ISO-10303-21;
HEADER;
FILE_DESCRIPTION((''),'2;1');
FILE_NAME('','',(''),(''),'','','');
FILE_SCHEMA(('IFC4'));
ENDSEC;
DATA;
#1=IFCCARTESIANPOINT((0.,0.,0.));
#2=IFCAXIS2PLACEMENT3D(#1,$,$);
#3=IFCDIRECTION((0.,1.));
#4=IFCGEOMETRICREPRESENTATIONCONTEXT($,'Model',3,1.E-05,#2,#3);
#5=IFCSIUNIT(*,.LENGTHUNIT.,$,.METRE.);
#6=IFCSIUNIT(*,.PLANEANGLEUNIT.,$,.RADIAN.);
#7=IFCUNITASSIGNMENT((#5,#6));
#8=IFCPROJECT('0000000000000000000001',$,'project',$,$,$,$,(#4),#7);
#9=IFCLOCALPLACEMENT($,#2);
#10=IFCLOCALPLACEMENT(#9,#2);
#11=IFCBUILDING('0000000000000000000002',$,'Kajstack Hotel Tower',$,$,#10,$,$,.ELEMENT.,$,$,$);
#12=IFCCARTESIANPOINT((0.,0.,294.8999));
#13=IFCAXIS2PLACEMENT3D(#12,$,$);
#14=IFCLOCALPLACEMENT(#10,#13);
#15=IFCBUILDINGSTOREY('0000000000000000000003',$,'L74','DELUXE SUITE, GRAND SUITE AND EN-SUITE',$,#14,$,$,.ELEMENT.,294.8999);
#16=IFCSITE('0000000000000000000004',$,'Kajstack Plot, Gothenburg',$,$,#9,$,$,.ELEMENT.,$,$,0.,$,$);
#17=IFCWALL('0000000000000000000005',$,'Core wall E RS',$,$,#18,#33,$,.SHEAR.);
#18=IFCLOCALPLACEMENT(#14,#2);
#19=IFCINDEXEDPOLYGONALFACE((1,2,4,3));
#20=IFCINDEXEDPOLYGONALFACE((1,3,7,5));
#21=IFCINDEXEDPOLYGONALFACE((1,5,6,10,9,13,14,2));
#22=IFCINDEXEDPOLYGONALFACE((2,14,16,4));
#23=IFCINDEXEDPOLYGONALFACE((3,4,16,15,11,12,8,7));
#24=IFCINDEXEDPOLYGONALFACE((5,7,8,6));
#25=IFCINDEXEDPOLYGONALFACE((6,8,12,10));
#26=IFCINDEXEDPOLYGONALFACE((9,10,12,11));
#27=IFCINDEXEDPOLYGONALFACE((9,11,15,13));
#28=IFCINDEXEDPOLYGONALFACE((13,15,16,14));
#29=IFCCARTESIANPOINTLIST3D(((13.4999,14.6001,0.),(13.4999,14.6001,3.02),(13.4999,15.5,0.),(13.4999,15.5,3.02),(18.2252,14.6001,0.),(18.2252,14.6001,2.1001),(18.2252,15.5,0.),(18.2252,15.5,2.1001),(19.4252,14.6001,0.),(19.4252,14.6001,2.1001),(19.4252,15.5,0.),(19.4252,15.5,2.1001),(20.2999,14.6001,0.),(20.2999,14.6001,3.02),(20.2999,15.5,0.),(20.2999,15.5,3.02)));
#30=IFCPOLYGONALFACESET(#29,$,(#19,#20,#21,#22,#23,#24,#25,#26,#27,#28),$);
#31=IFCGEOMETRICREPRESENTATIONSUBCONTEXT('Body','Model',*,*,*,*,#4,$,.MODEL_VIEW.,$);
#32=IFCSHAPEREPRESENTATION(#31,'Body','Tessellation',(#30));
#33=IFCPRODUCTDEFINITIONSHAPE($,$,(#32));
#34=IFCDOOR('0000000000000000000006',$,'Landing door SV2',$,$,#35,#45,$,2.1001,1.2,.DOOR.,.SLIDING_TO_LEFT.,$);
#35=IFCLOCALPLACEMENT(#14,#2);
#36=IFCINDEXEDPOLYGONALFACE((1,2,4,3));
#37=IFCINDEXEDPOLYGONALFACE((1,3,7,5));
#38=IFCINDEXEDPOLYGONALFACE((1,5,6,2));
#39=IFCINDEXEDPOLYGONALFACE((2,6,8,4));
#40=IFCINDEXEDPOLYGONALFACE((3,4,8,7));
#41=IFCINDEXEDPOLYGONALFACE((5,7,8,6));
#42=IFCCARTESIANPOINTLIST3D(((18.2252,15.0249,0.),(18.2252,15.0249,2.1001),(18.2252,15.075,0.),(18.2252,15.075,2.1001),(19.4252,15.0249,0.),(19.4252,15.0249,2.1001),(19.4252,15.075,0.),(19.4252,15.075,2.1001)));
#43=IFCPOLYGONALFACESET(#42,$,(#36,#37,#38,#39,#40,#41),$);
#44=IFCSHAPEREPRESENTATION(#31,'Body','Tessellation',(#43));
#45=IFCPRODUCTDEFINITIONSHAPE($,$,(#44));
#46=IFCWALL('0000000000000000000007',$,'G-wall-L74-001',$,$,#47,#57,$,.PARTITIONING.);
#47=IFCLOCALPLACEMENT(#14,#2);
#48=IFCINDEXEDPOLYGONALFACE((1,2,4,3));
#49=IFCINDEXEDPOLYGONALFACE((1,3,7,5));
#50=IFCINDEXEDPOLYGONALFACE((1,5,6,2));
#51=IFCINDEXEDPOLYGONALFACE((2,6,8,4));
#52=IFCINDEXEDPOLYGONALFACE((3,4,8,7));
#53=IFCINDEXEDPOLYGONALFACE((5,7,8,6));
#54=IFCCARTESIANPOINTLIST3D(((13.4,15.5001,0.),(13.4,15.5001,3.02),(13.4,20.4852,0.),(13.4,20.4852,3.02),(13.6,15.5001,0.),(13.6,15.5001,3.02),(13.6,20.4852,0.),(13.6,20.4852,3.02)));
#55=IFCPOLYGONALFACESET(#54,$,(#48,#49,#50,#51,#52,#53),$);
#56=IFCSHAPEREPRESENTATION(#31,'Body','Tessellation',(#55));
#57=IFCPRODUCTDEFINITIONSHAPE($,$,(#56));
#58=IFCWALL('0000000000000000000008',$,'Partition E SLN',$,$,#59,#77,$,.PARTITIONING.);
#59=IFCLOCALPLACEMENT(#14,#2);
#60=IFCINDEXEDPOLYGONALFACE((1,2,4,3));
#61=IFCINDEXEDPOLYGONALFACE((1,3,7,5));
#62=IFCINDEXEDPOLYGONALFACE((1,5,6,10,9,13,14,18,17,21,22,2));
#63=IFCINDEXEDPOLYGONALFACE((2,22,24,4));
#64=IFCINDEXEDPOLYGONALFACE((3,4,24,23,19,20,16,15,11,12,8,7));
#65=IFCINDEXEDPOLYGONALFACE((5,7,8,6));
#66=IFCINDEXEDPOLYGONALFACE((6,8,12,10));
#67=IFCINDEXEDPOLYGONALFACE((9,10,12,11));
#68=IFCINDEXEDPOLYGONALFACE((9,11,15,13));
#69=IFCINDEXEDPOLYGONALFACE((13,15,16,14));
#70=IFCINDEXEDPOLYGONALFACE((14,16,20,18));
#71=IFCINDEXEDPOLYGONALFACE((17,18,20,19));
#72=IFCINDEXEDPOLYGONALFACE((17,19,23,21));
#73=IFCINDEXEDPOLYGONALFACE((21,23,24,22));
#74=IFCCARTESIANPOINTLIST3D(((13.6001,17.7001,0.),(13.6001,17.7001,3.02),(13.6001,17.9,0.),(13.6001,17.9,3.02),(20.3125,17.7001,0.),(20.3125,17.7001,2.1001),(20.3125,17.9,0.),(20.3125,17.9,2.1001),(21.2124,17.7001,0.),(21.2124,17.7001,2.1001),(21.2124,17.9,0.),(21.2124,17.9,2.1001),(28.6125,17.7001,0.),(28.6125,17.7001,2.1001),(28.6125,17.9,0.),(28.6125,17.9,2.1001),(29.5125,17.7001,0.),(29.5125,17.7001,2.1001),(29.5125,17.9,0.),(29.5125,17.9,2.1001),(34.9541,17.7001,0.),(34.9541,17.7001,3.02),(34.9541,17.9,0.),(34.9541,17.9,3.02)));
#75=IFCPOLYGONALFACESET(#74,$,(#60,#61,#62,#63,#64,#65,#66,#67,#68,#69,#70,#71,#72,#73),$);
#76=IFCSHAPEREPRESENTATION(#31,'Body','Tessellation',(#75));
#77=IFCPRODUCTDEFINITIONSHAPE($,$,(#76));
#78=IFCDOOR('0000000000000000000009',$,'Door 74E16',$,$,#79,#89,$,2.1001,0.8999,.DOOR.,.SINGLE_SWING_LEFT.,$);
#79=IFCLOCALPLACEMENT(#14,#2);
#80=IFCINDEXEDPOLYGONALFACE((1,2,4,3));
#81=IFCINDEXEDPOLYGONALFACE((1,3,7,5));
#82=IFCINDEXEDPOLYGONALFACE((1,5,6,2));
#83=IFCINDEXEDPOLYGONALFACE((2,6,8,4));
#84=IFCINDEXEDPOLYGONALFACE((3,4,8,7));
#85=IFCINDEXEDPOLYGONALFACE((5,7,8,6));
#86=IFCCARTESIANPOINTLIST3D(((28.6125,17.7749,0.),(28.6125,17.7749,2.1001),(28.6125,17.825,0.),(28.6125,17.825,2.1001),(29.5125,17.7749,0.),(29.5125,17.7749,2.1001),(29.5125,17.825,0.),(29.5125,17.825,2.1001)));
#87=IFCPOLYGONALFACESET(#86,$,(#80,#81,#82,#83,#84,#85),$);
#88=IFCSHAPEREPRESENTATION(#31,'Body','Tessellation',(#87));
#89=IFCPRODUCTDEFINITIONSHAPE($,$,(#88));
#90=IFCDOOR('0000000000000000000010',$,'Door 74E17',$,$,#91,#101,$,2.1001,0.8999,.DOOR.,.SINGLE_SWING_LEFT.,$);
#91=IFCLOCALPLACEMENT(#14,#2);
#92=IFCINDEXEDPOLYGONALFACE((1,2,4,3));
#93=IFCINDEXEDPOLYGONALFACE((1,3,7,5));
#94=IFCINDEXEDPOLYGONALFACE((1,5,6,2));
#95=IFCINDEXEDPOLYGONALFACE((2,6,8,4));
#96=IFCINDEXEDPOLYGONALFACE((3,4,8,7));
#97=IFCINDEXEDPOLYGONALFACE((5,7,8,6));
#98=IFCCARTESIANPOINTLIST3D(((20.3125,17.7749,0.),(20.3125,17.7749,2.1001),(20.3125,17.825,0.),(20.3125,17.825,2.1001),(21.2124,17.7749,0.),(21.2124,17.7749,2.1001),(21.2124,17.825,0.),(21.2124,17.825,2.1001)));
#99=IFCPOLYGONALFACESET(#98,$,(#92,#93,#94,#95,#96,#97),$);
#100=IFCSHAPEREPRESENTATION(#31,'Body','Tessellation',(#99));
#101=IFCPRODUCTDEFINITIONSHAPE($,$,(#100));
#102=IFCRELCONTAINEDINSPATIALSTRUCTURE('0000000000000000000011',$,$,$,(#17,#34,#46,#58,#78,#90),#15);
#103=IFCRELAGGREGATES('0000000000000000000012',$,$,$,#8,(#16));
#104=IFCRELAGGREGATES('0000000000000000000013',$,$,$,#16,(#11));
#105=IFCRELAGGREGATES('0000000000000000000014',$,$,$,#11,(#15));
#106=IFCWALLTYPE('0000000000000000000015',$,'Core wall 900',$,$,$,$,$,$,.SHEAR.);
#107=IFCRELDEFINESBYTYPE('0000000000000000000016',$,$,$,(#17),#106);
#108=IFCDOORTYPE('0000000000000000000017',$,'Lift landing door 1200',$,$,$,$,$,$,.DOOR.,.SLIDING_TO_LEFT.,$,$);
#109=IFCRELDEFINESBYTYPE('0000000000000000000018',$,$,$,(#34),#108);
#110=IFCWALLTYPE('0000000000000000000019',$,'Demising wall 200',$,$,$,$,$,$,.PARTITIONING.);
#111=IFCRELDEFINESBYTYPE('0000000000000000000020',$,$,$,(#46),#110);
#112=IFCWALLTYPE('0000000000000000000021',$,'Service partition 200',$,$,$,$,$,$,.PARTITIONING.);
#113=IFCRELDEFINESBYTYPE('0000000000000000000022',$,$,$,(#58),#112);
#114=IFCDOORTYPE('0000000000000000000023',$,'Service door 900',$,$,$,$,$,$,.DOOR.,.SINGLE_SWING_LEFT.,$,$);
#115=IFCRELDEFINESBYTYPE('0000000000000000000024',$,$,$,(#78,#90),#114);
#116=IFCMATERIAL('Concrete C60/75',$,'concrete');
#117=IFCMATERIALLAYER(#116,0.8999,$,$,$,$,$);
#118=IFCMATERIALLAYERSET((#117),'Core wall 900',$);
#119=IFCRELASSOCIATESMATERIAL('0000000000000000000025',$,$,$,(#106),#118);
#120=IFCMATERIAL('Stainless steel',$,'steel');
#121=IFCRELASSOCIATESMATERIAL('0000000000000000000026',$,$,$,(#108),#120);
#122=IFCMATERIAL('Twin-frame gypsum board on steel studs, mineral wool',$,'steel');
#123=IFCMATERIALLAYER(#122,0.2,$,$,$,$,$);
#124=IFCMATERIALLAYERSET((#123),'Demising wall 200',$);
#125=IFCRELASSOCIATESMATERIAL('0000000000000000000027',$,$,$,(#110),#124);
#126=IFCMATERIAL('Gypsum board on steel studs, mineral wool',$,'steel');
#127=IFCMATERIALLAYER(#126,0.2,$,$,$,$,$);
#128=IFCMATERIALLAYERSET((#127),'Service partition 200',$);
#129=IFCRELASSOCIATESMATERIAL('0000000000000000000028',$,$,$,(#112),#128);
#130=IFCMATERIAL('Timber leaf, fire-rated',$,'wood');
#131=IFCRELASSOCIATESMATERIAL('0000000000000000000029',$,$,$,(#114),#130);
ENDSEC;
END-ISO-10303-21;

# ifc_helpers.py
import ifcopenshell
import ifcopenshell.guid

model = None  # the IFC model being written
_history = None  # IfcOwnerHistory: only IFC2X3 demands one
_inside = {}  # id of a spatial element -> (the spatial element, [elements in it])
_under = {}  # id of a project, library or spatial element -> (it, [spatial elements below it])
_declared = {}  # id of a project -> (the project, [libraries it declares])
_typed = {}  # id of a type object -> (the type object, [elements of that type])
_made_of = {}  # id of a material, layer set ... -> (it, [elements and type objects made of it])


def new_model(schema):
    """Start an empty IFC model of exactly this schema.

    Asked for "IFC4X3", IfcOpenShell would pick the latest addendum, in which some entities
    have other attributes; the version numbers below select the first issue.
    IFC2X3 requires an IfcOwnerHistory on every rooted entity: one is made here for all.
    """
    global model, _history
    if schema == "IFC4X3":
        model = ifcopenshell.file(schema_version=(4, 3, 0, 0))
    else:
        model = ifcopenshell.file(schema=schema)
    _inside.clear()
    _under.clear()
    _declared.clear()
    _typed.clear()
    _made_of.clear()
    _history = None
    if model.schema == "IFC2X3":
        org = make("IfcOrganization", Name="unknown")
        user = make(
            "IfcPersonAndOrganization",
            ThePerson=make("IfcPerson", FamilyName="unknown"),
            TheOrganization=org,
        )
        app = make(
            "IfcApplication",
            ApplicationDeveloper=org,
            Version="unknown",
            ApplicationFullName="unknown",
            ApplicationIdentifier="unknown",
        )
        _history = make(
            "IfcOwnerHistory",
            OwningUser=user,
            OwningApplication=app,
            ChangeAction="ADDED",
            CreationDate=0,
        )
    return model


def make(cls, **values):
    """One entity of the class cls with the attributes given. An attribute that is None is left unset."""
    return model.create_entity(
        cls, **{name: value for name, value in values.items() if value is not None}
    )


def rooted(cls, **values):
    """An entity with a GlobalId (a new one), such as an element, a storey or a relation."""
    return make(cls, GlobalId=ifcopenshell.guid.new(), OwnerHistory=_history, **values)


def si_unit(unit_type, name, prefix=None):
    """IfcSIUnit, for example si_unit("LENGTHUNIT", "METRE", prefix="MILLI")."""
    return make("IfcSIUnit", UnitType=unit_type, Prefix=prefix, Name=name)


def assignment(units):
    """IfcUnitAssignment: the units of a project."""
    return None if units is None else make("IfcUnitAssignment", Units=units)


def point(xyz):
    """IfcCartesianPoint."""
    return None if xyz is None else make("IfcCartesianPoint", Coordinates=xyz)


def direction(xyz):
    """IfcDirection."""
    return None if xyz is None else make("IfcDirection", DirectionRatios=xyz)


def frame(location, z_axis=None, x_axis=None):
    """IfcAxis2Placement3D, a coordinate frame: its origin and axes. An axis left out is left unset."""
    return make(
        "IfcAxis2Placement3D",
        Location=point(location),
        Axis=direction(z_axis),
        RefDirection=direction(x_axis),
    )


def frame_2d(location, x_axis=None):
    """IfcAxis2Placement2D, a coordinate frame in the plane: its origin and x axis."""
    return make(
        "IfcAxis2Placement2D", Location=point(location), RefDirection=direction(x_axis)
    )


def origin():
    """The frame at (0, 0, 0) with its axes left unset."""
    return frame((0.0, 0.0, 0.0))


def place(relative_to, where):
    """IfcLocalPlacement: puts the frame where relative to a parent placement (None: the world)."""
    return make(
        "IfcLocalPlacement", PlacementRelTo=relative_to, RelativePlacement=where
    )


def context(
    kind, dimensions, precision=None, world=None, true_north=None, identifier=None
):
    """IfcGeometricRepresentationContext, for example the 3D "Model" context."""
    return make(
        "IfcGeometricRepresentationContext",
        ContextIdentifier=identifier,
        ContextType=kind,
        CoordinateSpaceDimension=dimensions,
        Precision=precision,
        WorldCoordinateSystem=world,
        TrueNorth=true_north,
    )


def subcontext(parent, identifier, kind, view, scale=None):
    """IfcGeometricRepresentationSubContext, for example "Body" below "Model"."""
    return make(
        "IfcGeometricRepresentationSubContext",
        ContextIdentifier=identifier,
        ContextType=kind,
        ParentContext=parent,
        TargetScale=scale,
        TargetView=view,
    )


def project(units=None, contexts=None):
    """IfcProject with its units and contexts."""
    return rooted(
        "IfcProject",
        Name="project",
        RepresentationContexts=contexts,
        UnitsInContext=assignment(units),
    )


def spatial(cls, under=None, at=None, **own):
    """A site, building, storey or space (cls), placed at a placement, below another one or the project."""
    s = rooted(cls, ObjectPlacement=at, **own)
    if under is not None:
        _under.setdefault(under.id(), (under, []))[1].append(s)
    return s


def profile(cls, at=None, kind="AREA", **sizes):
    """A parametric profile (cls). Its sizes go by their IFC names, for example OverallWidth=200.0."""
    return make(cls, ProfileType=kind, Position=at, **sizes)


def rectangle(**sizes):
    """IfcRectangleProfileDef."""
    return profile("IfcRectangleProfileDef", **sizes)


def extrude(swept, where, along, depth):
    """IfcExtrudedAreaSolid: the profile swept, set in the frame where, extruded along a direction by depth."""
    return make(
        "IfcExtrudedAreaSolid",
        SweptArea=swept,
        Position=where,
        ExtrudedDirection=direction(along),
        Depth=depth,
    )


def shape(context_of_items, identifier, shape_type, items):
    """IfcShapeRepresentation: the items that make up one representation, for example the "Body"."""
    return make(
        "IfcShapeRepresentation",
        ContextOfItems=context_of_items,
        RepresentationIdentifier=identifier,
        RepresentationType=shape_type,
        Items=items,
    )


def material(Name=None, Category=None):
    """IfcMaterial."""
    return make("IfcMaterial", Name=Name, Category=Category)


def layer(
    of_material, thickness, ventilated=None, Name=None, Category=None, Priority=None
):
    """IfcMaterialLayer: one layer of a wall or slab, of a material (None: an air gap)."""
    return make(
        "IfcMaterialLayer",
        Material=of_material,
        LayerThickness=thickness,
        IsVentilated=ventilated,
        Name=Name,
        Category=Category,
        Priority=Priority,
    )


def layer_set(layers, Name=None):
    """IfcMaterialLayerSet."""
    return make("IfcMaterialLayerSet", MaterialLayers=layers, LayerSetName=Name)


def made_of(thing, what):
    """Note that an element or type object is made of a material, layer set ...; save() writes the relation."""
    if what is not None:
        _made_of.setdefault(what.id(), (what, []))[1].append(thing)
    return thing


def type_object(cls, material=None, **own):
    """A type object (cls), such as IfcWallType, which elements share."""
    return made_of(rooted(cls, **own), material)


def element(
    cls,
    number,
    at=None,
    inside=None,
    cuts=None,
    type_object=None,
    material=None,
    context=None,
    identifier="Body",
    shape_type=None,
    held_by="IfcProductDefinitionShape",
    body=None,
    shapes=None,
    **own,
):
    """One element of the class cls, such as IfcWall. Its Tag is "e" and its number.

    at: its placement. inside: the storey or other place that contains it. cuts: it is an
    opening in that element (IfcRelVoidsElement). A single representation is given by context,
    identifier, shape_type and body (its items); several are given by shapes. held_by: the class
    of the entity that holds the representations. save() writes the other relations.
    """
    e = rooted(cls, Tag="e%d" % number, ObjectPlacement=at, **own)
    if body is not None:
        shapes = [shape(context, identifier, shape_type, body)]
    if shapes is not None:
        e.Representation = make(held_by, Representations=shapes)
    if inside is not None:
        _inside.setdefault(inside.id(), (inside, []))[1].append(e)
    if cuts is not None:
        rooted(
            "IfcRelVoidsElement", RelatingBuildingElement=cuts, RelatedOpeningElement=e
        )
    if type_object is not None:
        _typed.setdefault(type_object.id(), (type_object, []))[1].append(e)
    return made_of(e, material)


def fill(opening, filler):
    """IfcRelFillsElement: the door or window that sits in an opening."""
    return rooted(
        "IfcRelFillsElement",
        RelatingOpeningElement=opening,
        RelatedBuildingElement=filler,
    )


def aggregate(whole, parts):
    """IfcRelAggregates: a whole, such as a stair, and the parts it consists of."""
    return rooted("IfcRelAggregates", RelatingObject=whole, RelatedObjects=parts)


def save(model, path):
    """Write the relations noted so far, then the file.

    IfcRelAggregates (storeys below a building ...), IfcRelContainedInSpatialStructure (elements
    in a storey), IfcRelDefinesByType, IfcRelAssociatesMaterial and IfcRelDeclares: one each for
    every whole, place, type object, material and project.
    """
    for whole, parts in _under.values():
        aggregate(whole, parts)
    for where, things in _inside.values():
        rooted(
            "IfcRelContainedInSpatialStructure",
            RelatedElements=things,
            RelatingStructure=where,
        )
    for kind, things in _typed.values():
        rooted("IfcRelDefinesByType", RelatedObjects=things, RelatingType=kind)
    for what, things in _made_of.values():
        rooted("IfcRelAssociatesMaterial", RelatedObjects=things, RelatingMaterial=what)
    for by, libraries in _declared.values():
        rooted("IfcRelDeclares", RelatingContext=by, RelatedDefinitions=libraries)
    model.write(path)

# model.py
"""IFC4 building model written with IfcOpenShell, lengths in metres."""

from ifc_helpers import new_model, si_unit, direction, frame, frame_2d, origin, place, context, subcontext, project, spatial, rectangle, extrude, material, layer, layer_set, type_object, element, fill, save


model = new_model("IFC4")

# Units and contexts
model_context = context("Model", 3, precision=1e-05, world=origin(), true_north=direction((0.0, 1.0)))
body_context = subcontext(model_context, "Body", "Model", "MODEL_VIEW")
ifc_project = project(units=[si_unit("LENGTHUNIT", "METRE"), si_unit("PLANEANGLEUNIT", "RADIAN")], contexts=[model_context])

# Site, building, storey
site_placement = place(None, origin())
site = spatial("IfcSite", under=ifc_project, at=site_placement, Name="Kajstack Plot, Gothenburg", CompositionType="ELEMENT", RefElevation=0.0)
building_placement = place(site_placement, origin())
building = spatial("IfcBuilding", under=site, at=building_placement, Name="Kajstack Hotel Tower", CompositionType="ELEMENT")
storey_placement = place(building_placement, frame((0.0, 0.0, 294.8999)))
storey = spatial("IfcBuildingStorey", under=building, at=storey_placement, Name="L74", Description="DELUXE SUITE, GRAND SUITE AND EN-SUITE", CompositionType="ELEMENT", Elevation=294.8999)

# Wall, opening, door
ifc_material_1 = material(Name="Concrete C60/75", Category="concrete")
ifc_layer_1 = layer(ifc_material_1, 0.8999)
ifc_layer_set_1 = layer_set([ifc_layer_1], Name="Core wall 900")
wall_type_1 = type_object("IfcWallType", Name="Core wall 900", PredefinedType="SHEAR", material=ifc_layer_set_1)
wall_1_placement = place(storey_placement, frame((13.5, 15.05, 0.0), z_axis=(0.0, 0.0, 1.0), x_axis=(1.0, 0.0, 0.0)))
wall_1 = element("IfcWall", 1, at=wall_1_placement, inside=storey, type_object=wall_type_1, Name="Core wall E RS", PredefinedType="SHEAR", context=body_context, shape_type="SweptSolid", body=[
    extrude(rectangle(XDim=6.8, YDim=0.8999, at=frame_2d((3.3999, 0.0))), origin(), (0.0, 0.0, 1.0), 3.02),
])
opening_1_placement = place(wall_1_placement, frame((4.7251, 0.0, 0.0)))
opening_1 = element("IfcOpeningElement", 2, at=opening_1_placement, cuts=wall_1, PredefinedType="OPENING", context=body_context, shape_type="SweptSolid", body=[
    extrude(rectangle(XDim=1.2, YDim=2.1001, at=frame_2d((0.6001, 1.05))), frame((0.0, 0.46, 0.0), z_axis=(0.0, -1.0, 0.0), x_axis=(1.0, 0.0, 0.0)), (0.0, 0.0, 1.0), 0.9199),
])
ifc_material_2 = material(Name="Stainless steel", Category="steel")
door_type_1 = type_object("IfcDoorType", Name="Lift landing door 1200", OperationType="SLIDING_TO_LEFT", PredefinedType="DOOR", material=ifc_material_2)
door_1_placement = place(opening_1_placement, origin())
door_1 = element("IfcDoor", 3, at=door_1_placement, inside=storey, type_object=door_type_1, Name="Landing door SV2", OperationType="SLIDING_TO_LEFT", OverallHeight=2.1001, OverallWidth=1.2, PredefinedType="DOOR", context=body_context, shape_type="SweptSolid", body=[
    extrude(rectangle(XDim=1.2, YDim=2.1001, at=frame_2d((0.6001, 1.05))), frame((0.0, 0.0249, 0.0), z_axis=(0.0, -1.0, 0.0), x_axis=(1.0, 0.0, 0.0)), (0.0, 0.0, 1.0), 0.05),
])
fill(opening_1, door_1)

# Wall
ifc_material_3 = material(Name="Twin-frame gypsum board on steel studs, mineral wool", Category="steel")
ifc_layer_2 = layer(ifc_material_3, 0.2)
ifc_layer_set_2 = layer_set([ifc_layer_2], Name="Demising wall 200")
wall_type_2 = type_object("IfcWallType", Name="Demising wall 200", PredefinedType="PARTITIONING", material=ifc_layer_set_2)
wall_2_placement = place(storey_placement, frame((13.5, 15.5, 0.0), z_axis=(0.0, 0.0, 1.0), x_axis=(0.0, 1.0, 0.0)))
element("IfcWall", 4, at=wall_2_placement, inside=storey, type_object=wall_type_2, Name="G-wall-L74-001", PredefinedType="PARTITIONING", context=body_context, shape_type="SweptSolid", body=[
    extrude(rectangle(XDim=4.9851, YDim=0.2, at=frame_2d((2.4927, 0.0))), origin(), (0.0, 0.0, 1.0), 3.02),
])

# Wall, openings, doors
ifc_material_4 = material(Name="Gypsum board on steel studs, mineral wool", Category="steel")
ifc_layer_3 = layer(ifc_material_4, 0.2)
ifc_layer_set_3 = layer_set([ifc_layer_3], Name="Service partition 200")
wall_type_3 = type_object("IfcWallType", Name="Service partition 200", PredefinedType="PARTITIONING", material=ifc_layer_set_3)
wall_3_placement = place(storey_placement, frame((13.6001, 17.8, 0.0), z_axis=(0.0, 0.0, 1.0), x_axis=(1.0, 0.0, 0.0)))
wall_3 = element("IfcWall", 5, at=wall_3_placement, inside=storey, type_object=wall_type_3, Name="Partition E SLN", PredefinedType="PARTITIONING", context=body_context, shape_type="SweptSolid", body=[
    extrude(rectangle(XDim=21.354, YDim=0.2, at=frame_2d((10.677, 0.0))), origin(), (0.0, 0.0, 1.0), 3.02),
])
opening_2_placement = place(wall_3_placement, frame((15.0125, 0.0, 0.0)))
opening_2 = element("IfcOpeningElement", 6, at=opening_2_placement, cuts=wall_3, PredefinedType="OPENING", context=body_context, shape_type="SweptSolid", body=[
    extrude(rectangle(XDim=0.8999, YDim=2.1001, at=frame_2d((0.45, 1.05))), frame((0.0, 0.1099, 0.0), z_axis=(0.0, -1.0, 0.0), x_axis=(1.0, 0.0, 0.0)), (0.0, 0.0, 1.0), 0.22),
])
opening_3_placement = place(wall_3_placement, frame((6.7124, 0.0, 0.0)))
opening_3 = element("IfcOpeningElement", 7, at=opening_3_placement, cuts=wall_3, PredefinedType="OPENING", context=body_context, shape_type="SweptSolid", body=[
    extrude(rectangle(XDim=0.8999, YDim=2.1001, at=frame_2d((0.45, 1.05))), frame((0.0, 0.1099, 0.0), z_axis=(0.0, -1.0, 0.0), x_axis=(1.0, 0.0, 0.0)), (0.0, 0.0, 1.0), 0.22),
])
ifc_material_5 = material(Name="Timber leaf, fire-rated", Category="wood")
door_type_2 = type_object("IfcDoorType", Name="Service door 900", OperationType="SINGLE_SWING_LEFT", PredefinedType="DOOR", material=ifc_material_5)
door_2_placement = place(opening_2_placement, origin())
door_2 = element("IfcDoor", 8, at=door_2_placement, inside=storey, type_object=door_type_2, Name="Door 74E16", OperationType="SINGLE_SWING_LEFT", OverallHeight=2.1001, OverallWidth=0.8999, PredefinedType="DOOR", context=body_context, shape_type="SweptSolid", body=[
    extrude(rectangle(XDim=0.8999, YDim=2.1001, at=frame_2d((0.45, 1.05))), frame((0.0, 0.0249, 0.0), z_axis=(0.0, -1.0, 0.0), x_axis=(1.0, 0.0, 0.0)), (0.0, 0.0, 1.0), 0.05),
])
fill(opening_2, door_2)
door_3_placement = place(opening_3_placement, origin())
door_3 = element("IfcDoor", 9, at=door_3_placement, inside=storey, type_object=door_type_2, Name="Door 74E17", OperationType="SINGLE_SWING_LEFT", OverallHeight=2.1001, OverallWidth=0.8999, PredefinedType="DOOR", context=body_context, shape_type="SweptSolid", body=[
    extrude(rectangle(XDim=0.8999, YDim=2.1001, at=frame_2d((0.45, 1.05))), frame((0.0, 0.0249, 0.0), z_axis=(0.0, -1.0, 0.0), x_axis=(1.0, 0.0, 0.0)), (0.0, 0.0, 1.0), 0.05),
])
fill(opening_3, door_3)

save(model, "model.ifc")
